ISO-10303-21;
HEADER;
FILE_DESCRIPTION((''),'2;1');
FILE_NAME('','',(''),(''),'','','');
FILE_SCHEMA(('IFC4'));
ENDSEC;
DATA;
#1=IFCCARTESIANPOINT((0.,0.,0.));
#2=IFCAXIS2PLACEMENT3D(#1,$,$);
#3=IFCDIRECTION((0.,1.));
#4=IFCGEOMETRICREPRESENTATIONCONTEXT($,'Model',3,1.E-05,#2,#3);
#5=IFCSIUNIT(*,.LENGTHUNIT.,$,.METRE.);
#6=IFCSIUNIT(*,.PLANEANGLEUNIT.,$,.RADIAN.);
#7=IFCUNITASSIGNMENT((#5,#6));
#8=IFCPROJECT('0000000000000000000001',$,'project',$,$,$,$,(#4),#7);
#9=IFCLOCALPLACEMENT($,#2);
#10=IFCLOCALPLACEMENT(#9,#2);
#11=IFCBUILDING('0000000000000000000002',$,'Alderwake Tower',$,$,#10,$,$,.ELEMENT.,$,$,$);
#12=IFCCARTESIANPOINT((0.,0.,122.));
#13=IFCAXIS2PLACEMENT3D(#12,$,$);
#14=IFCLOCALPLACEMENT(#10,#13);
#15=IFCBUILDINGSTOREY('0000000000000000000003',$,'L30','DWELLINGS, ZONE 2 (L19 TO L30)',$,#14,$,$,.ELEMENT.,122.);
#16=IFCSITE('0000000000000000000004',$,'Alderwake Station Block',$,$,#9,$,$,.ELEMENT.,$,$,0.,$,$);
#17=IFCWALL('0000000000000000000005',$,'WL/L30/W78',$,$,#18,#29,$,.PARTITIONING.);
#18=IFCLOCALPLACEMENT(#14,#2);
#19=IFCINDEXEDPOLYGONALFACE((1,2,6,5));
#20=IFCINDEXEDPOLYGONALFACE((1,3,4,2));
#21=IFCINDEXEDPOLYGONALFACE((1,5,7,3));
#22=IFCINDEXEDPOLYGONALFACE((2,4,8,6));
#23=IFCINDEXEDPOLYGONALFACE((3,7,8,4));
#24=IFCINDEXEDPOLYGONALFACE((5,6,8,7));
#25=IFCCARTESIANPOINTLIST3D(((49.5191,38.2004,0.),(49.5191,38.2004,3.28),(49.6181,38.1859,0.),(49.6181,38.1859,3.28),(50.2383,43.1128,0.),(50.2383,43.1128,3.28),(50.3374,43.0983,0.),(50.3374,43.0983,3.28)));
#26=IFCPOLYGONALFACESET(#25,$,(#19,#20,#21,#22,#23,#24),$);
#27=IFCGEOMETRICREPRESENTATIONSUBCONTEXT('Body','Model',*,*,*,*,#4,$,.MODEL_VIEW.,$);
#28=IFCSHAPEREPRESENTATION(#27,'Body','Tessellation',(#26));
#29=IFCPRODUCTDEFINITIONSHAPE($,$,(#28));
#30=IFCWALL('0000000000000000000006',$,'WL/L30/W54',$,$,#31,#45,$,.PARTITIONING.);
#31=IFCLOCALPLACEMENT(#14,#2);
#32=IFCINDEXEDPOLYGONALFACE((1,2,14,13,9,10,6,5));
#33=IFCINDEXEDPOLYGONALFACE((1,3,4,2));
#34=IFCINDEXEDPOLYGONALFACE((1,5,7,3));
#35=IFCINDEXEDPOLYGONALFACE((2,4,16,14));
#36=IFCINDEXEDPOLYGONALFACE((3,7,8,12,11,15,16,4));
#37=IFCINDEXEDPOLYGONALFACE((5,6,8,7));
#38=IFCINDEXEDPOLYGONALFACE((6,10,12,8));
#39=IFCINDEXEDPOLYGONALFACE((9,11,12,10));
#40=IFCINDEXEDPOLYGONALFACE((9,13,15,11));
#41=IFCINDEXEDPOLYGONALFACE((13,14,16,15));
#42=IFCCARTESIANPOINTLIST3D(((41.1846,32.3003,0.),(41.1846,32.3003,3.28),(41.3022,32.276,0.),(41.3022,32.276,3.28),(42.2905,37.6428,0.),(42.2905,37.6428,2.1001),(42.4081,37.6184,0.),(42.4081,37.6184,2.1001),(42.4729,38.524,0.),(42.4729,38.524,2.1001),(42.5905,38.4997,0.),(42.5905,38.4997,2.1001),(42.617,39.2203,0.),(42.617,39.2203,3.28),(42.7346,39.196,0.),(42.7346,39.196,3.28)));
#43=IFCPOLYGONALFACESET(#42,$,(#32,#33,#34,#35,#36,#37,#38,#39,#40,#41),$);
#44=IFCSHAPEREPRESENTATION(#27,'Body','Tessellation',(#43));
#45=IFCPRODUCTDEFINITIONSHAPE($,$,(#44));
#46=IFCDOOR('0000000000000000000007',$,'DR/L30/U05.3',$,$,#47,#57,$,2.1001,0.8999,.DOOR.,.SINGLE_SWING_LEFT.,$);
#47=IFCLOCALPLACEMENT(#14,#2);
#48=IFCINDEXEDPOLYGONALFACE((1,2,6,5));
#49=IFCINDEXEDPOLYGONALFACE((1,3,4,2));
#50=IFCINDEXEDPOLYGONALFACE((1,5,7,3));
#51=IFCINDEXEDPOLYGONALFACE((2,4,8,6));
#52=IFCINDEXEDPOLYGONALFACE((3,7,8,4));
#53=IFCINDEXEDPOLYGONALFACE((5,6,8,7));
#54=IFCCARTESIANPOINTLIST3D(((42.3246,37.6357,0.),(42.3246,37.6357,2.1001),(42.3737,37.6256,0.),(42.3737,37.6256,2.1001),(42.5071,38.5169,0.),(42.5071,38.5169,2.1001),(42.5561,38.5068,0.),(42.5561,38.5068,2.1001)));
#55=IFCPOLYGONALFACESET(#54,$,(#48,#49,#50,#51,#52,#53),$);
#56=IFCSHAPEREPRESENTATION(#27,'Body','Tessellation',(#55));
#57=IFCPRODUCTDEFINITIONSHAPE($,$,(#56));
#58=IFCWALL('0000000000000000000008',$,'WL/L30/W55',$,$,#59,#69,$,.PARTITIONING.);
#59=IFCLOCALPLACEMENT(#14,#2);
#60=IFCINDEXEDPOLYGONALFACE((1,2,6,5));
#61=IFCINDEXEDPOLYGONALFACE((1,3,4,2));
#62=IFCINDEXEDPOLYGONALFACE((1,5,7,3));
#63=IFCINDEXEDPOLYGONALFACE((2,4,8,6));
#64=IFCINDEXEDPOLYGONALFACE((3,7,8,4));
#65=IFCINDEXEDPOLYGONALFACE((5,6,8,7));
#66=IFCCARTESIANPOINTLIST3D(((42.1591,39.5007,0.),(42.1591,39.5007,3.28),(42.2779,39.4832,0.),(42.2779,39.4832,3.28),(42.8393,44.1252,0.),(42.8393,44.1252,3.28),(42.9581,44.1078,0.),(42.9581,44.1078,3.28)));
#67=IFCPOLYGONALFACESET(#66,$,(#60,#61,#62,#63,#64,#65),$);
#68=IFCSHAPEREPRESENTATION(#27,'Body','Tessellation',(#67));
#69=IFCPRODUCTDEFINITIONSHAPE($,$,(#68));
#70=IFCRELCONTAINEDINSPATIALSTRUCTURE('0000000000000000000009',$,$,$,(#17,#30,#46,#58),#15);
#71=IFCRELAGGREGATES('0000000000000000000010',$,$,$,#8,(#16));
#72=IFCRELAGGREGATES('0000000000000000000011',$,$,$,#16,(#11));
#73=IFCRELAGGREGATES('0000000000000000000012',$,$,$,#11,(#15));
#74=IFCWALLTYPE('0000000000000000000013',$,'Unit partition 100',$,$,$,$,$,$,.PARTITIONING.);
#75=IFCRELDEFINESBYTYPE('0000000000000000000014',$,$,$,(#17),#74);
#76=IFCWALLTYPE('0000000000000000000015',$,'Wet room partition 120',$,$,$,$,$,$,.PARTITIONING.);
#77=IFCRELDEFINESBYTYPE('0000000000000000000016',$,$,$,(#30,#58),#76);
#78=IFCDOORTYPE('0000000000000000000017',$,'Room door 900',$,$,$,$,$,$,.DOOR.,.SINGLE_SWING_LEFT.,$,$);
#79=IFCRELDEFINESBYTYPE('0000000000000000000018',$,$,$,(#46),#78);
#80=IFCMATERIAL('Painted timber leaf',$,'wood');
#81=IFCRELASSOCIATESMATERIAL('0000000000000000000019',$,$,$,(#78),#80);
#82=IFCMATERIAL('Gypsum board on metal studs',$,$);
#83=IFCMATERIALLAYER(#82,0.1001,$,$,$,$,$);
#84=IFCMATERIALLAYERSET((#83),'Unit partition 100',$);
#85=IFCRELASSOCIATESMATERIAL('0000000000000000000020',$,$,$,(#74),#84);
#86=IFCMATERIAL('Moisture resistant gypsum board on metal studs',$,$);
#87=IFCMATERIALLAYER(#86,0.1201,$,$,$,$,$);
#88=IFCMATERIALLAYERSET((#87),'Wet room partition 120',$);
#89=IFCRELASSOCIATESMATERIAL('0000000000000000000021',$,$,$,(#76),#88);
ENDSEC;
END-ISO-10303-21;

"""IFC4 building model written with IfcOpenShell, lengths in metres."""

from ifc_helpers import new_model, si_unit, direction, frame, frame_2d, origin, place, context, subcontext, project, spatial, rectangle, extrude, material, layer, layer_set, type_object, element, fill, save


model = new_model("IFC4")

# Units and contexts
model_context = context("Model", 3, precision=1e-05, world=origin(), true_north=direction((0.0, 1.0)))
body_context = subcontext(model_context, "Body", "Model", "MODEL_VIEW")
ifc_project = project(units=[si_unit("LENGTHUNIT", "METRE"), si_unit("PLANEANGLEUNIT", "RADIAN")], contexts=[model_context])

# Site, building, storey
site_placement = place(None, origin())
site = spatial("IfcSite", under=ifc_project, at=site_placement, Name="Alderwake Station Block", CompositionType="ELEMENT", RefElevation=0.0)
building_placement = place(site_placement, origin())
building = spatial("IfcBuilding", under=site, at=building_placement, Name="Alderwake Tower", CompositionType="ELEMENT")
storey_placement = place(building_placement, frame((0.0, 0.0, 122.0)))
storey = spatial("IfcBuildingStorey", under=building, at=storey_placement, Name="L30", Description="DWELLINGS, ZONE 2 (L19 TO L30)", CompositionType="ELEMENT", Elevation=122.0)

# Shared definitions
ifc_material_1 = material(Name="Painted timber leaf", Category="wood")
door_type_1 = type_object("IfcDoorType", Name="Room door 900", OperationType="SINGLE_SWING_LEFT", PredefinedType="DOOR", material=ifc_material_1)

# Wall
ifc_material_2 = material(Name="Gypsum board on metal studs")
ifc_layer_1 = layer(ifc_material_2, 0.1001)
ifc_layer_set_1 = layer_set([ifc_layer_1], Name="Unit partition 100")
wall_type_1 = type_object("IfcWallType", Name="Unit partition 100", PredefinedType="PARTITIONING", material=ifc_layer_set_1)
wall_1_placement = place(storey_placement, frame((49.5686, 38.1931, 0.0), z_axis=(0.0, 0.0, 1.0), x_axis=(0.14487, 0.989451, 0.0)))
element("IfcWall", 1, at=wall_1_placement, inside=storey, type_object=wall_type_1, Name="WL/L30/W78", PredefinedType="PARTITIONING", context=body_context, shape_type="SweptSolid", body=[
    extrude(rectangle(XDim=4.9648, YDim=0.1001, at=frame_2d((2.4824, 0.0))), origin(), (0.0, 0.0, 1.0), 3.28),
])

# Wall, opening, door
ifc_material_3 = material(Name="Moisture resistant gypsum board on metal studs")
ifc_layer_2 = layer(ifc_material_3, 0.1201)
ifc_layer_set_2 = layer_set([ifc_layer_2], Name="Wet room partition 120")
wall_type_2 = type_object("IfcWallType", Name="Wet room partition 120", PredefinedType="PARTITIONING", material=ifc_layer_set_2)
wall_2_placement = place(storey_placement, frame((42.6758, 39.208, 0.0), z_axis=(0.0, 0.0, 1.0), x_axis=(-0.202696, -0.979242, 0.0)))
wall_2 = element("IfcWall", 2, at=wall_2_placement, inside=storey, type_object=wall_type_2, Name="WL/L30/W54", PredefinedType="PARTITIONING", context=body_context, shape_type="SweptSolid", body=[
    extrude(rectangle(XDim=7.0667, YDim=0.1201, at=frame_2d((3.5332, 0.0))), origin(), (0.0, 0.0, 1.0), 3.28),
])
opening_1_placement = place(wall_2_placement, frame((0.7109, 0.0, 0.0)))
opening_1 = element("IfcOpeningElement", 3, at=opening_1_placement, cuts=wall_2, PredefinedType="OPENING", context=body_context, shape_type="SweptSolid", body=[
    extrude(rectangle(XDim=0.8999, YDim=2.1001, at=frame_2d((0.45, 1.05))), frame((0.0, 0.0701, 0.0), z_axis=(0.0, -1.0, 0.0), x_axis=(1.0, 0.0, 0.0)), (0.0, 0.0, 1.0), 0.1401),
])
door_1_placement = place(opening_1_placement, origin())
door_1 = element("IfcDoor", 4, at=door_1_placement, inside=storey, type_object=door_type_1, Name="DR/L30/U05.3", OperationType="SINGLE_SWING_LEFT", OverallHeight=2.1001, OverallWidth=0.8999, PredefinedType="DOOR", context=body_context, shape_type="SweptSolid", body=[
    extrude(rectangle(XDim=0.8999, YDim=2.1001, at=frame_2d((0.45, 1.05))), frame((0.0, 0.0249, 0.0), z_axis=(0.0, -1.0, 0.0), x_axis=(1.0, 0.0, 0.0)), (0.0, 0.0, 1.0), 0.05),
])
fill(opening_1, door_1)

# Wall
wall_3_placement = place(storey_placement, frame((42.2185, 39.4919, 0.0), z_axis=(0.0, 0.0, 1.0), x_axis=(0.145515, 0.989356, 0.0)))
element("IfcWall", 5, at=wall_3_placement, inside=storey, type_object=wall_type_2, Name="WL/L30/W55", PredefinedType="PARTITIONING", context=body_context, shape_type="SweptSolid", body=[
    extrude(rectangle(XDim=4.6743, YDim=0.1201, at=frame_2d((2.3372, 0.0))), origin(), (0.0, 0.0, 1.0), 3.28),
])

save(model, "model.ifc")
